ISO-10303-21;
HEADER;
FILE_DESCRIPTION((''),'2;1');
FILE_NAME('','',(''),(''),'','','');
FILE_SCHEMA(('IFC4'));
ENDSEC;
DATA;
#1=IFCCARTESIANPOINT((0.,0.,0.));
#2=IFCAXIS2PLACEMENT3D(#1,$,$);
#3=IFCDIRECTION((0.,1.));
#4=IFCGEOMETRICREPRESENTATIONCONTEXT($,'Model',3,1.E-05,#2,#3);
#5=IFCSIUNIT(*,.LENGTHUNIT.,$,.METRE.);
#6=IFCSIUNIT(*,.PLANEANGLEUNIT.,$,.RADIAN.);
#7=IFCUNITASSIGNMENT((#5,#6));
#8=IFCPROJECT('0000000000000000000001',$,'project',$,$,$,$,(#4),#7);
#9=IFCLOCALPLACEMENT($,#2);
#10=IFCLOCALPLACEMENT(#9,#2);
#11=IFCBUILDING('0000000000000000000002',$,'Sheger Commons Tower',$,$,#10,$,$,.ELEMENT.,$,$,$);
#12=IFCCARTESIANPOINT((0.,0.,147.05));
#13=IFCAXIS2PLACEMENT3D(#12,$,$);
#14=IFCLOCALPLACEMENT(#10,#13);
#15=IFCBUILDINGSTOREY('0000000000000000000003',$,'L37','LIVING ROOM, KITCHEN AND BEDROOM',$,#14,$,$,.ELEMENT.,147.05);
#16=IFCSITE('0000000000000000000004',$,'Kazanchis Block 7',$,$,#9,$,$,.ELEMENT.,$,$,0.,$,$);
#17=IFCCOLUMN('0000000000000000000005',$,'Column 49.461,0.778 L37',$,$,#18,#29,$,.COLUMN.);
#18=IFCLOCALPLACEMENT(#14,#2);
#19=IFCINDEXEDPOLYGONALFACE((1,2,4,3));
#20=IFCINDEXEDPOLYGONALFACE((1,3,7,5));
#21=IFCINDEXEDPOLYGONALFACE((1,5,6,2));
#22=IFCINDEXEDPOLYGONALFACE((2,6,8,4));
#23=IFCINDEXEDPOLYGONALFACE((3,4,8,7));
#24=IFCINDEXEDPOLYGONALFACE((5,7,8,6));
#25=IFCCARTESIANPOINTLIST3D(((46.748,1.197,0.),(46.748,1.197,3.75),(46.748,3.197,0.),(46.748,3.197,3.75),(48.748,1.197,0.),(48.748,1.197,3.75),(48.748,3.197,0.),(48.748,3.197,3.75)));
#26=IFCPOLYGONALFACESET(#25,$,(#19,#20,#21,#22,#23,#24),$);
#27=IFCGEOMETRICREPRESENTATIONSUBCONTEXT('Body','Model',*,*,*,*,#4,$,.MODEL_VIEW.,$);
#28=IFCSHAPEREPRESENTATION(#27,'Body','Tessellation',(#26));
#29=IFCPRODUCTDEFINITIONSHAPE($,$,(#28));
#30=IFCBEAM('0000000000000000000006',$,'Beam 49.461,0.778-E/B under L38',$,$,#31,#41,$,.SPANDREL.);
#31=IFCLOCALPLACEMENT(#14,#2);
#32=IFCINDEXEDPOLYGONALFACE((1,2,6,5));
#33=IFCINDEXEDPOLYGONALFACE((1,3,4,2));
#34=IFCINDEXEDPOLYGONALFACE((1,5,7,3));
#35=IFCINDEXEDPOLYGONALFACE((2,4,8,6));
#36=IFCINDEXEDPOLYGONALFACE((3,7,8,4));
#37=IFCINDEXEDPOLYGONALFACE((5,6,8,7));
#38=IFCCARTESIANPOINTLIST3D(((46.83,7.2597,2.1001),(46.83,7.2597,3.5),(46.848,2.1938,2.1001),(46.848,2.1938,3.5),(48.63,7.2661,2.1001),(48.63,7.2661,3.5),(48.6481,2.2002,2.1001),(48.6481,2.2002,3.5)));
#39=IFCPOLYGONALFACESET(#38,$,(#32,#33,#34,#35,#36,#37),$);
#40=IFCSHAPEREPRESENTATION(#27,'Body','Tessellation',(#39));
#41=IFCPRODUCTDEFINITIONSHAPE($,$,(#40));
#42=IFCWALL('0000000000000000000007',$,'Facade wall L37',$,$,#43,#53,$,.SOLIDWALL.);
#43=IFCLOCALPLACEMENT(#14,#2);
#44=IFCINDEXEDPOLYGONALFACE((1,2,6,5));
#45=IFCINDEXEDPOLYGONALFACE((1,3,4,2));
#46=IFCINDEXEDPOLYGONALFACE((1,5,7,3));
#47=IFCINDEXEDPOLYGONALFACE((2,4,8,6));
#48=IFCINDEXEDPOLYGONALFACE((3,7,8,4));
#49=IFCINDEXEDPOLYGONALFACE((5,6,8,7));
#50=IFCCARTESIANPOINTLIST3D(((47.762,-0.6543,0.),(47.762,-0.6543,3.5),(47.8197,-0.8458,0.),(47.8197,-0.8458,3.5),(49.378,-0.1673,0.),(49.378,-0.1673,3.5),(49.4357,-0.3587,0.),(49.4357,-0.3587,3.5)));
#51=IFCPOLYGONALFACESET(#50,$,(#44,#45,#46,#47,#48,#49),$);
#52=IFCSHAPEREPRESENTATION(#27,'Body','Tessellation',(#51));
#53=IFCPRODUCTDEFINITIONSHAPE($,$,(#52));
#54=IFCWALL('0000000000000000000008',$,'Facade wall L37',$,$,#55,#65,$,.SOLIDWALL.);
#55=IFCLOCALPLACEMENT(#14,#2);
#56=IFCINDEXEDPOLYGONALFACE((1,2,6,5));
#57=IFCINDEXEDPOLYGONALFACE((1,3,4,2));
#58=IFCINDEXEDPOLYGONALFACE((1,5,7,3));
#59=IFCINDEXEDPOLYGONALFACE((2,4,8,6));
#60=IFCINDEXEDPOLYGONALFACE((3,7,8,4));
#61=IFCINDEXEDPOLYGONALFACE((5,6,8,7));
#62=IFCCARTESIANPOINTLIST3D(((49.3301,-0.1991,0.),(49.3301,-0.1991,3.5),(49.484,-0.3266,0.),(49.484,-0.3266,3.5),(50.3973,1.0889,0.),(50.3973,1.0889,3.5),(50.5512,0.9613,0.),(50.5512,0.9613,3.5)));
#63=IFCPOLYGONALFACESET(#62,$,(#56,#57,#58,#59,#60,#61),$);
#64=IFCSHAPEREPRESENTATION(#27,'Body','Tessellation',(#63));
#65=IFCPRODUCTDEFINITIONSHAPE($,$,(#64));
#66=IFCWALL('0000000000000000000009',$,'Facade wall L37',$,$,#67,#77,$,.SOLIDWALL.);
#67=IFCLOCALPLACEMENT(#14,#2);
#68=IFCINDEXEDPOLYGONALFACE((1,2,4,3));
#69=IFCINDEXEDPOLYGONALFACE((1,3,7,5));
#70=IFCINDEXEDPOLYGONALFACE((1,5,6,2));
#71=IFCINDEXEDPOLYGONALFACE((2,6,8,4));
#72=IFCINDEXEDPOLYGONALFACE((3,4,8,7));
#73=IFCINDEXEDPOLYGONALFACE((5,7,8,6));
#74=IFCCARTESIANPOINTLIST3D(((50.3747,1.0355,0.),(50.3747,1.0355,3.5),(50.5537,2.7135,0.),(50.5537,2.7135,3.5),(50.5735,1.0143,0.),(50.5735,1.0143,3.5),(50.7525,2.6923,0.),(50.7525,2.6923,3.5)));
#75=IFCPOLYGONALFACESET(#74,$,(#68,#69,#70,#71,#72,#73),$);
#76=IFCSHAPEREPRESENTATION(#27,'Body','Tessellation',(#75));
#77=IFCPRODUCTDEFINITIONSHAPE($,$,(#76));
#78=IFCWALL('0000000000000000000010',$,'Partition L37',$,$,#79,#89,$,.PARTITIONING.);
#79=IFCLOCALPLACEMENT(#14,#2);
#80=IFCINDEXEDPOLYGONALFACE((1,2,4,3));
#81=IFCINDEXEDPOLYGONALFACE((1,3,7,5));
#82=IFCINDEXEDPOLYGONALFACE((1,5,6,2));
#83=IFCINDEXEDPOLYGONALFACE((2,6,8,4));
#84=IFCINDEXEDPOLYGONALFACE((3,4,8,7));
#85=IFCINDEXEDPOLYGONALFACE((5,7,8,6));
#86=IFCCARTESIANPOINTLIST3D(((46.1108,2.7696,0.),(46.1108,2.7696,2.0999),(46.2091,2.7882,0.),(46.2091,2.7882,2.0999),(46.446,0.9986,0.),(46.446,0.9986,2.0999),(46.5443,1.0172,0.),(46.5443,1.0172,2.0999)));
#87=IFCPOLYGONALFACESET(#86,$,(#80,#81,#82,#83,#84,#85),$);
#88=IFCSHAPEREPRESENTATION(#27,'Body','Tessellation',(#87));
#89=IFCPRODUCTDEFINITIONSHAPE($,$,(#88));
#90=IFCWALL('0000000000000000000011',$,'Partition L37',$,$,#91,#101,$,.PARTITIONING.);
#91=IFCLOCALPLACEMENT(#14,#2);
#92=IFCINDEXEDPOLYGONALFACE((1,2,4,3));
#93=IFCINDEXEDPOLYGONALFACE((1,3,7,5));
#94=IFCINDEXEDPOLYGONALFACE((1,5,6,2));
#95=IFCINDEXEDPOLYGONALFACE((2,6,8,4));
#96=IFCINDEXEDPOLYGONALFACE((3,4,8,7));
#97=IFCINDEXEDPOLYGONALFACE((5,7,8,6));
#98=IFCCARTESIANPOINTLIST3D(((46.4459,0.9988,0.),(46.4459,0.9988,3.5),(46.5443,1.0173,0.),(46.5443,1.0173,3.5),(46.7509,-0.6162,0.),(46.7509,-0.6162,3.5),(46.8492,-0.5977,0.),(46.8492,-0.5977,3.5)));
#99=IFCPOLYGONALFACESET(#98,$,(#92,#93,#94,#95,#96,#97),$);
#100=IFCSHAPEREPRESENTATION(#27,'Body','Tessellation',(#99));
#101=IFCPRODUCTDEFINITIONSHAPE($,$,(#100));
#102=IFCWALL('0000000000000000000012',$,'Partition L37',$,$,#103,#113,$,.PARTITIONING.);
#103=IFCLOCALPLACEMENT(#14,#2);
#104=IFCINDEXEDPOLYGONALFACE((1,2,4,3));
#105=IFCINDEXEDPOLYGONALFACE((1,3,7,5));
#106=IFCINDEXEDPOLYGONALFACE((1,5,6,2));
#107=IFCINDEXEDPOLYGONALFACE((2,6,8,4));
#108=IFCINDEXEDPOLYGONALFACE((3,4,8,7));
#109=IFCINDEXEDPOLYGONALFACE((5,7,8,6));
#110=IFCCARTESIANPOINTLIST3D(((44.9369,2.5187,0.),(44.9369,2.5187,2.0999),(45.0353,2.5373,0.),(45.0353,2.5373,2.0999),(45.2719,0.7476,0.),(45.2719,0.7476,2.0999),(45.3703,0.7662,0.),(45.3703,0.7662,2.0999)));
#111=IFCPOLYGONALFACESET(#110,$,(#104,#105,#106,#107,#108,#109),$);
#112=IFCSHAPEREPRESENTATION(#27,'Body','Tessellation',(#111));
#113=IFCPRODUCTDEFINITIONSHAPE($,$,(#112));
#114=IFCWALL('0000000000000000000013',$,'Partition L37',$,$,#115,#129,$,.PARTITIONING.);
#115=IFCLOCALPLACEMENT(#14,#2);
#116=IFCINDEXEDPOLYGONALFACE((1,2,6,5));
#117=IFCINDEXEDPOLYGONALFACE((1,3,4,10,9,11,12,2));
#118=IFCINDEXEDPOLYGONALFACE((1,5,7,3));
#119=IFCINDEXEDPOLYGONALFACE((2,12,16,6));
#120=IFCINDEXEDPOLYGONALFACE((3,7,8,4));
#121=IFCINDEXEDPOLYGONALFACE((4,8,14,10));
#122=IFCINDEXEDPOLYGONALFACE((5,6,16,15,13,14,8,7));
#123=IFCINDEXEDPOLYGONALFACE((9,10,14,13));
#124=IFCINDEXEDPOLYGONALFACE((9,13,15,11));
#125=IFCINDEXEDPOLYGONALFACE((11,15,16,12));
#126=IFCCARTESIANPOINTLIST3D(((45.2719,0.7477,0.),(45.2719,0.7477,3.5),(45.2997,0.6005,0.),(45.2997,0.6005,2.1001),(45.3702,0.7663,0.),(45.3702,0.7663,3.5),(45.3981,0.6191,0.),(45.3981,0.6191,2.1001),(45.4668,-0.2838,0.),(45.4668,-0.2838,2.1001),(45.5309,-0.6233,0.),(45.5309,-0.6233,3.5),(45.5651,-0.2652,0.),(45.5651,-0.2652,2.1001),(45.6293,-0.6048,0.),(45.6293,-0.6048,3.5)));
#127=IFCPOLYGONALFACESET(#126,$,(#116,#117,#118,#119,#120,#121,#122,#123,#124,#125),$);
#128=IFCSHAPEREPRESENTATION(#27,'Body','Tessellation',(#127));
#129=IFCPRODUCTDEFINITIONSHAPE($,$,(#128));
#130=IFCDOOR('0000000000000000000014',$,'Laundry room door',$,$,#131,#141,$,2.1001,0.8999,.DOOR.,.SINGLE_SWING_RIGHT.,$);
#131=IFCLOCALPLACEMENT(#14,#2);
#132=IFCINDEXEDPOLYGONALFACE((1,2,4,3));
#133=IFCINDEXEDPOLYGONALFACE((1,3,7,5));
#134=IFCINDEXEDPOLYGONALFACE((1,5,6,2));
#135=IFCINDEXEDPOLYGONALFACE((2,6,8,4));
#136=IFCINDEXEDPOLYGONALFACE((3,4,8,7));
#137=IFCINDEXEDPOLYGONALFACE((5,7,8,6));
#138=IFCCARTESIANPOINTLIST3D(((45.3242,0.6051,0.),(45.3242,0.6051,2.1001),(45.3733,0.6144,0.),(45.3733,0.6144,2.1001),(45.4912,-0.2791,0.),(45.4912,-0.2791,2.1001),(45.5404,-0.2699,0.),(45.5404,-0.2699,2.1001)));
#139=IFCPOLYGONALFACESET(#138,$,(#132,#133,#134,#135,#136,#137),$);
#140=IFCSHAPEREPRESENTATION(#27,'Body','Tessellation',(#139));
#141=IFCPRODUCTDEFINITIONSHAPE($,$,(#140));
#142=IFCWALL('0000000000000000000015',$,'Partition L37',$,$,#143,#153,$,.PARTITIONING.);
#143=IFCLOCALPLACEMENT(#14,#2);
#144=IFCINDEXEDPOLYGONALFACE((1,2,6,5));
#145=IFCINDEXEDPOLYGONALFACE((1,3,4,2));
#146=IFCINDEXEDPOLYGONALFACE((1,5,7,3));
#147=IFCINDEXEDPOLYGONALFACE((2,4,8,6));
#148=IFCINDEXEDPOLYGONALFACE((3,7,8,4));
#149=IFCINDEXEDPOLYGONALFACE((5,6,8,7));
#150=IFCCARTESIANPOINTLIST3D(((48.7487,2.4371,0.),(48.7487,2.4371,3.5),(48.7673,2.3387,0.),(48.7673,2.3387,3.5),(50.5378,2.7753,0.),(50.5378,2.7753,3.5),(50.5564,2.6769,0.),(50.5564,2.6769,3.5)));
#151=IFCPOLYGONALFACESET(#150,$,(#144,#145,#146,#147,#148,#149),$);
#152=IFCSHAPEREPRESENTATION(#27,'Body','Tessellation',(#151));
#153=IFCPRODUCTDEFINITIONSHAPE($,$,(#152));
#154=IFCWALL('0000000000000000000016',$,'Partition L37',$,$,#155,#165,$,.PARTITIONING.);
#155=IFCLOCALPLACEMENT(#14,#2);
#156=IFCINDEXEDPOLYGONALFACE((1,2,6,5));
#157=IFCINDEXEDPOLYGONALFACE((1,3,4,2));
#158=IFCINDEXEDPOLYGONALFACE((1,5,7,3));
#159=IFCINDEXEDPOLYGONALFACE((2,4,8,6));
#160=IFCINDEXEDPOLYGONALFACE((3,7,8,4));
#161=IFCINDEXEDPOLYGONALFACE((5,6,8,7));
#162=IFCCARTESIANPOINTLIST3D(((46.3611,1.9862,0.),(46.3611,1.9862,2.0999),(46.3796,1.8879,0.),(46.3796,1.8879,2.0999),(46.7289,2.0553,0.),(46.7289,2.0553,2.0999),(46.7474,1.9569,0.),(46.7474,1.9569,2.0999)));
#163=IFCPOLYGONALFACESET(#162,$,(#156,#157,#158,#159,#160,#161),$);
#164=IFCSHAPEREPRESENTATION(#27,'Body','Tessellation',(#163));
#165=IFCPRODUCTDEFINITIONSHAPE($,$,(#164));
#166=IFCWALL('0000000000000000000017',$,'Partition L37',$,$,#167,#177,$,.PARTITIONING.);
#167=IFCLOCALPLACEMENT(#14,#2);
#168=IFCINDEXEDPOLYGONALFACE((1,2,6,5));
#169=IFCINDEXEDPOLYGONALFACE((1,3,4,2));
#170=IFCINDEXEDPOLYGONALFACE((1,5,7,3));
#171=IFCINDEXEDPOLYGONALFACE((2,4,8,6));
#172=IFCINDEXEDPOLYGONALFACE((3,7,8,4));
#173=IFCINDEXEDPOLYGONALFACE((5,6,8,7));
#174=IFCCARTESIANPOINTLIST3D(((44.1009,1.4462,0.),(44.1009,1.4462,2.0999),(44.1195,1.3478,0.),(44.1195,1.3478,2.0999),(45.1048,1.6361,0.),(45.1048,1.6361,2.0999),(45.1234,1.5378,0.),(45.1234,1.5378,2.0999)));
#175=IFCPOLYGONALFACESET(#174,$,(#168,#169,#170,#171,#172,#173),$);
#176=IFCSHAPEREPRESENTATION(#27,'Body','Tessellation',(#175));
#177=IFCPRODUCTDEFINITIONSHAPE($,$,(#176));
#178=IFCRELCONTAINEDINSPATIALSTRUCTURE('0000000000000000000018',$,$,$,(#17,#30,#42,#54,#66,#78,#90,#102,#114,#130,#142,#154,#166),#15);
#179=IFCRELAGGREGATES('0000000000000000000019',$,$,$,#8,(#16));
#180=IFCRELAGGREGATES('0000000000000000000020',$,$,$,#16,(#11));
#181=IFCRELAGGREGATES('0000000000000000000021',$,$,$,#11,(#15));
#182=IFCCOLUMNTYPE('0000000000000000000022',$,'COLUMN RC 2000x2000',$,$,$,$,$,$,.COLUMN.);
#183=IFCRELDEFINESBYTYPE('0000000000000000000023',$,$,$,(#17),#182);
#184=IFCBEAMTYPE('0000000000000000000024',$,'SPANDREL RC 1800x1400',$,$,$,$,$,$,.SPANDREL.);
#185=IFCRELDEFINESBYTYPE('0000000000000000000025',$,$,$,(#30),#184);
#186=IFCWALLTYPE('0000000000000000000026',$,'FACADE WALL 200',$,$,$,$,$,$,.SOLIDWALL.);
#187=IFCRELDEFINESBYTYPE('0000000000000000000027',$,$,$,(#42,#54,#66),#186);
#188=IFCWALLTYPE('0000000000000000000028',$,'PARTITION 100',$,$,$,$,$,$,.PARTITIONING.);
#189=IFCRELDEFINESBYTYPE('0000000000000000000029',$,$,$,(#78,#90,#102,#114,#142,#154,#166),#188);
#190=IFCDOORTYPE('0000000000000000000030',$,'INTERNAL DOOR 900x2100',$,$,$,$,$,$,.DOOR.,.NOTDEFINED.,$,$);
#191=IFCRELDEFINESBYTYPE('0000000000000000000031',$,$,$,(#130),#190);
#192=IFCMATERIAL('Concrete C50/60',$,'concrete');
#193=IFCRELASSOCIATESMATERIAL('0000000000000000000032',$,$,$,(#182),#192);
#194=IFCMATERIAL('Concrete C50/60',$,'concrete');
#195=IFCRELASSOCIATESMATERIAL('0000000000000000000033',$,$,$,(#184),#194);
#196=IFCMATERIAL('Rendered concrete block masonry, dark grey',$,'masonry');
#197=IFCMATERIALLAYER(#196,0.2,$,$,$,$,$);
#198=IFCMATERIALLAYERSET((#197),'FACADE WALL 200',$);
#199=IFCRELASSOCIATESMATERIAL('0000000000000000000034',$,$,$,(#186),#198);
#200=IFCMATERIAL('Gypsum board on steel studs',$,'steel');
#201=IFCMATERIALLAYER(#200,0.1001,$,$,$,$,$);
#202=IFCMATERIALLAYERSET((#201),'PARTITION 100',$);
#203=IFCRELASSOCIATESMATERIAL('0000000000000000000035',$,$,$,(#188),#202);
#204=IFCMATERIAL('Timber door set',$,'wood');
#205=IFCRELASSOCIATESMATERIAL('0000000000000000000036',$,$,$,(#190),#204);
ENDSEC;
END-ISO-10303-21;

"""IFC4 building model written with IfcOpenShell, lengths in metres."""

from ifc_helpers import new_model, si_unit, direction, frame, frame_2d, origin, origin_2d, place, context, subcontext, project, spatial, rectangle, extrude, material, layer, layer_set, material_profile, profile_set, type_object, element, fill, save


model = new_model("IFC4")

# Units and contexts
model_context = context("Model", 3, precision=1e-05, world=origin(), true_north=direction((0.0, 1.0)))
body_context = subcontext(model_context, "Body", "Model", "MODEL_VIEW")
ifc_project = project(units=[si_unit("LENGTHUNIT", "METRE"), si_unit("PLANEANGLEUNIT", "RADIAN")], contexts=[model_context])

# Site, building, storey
site_placement = place(None, origin())
site = spatial("IfcSite", under=ifc_project, at=site_placement, Name="Kazanchis Block 7", CompositionType="ELEMENT", RefElevation=0.0)
building_placement = place(site_placement, origin())
building = spatial("IfcBuilding", under=site, at=building_placement, Name="Sheger Commons Tower", CompositionType="ELEMENT")
storey_placement = place(building_placement, frame((0.0, 0.0, 147.05)))
storey = spatial("IfcBuildingStorey", under=building, at=storey_placement, Name="L37", Description="LIVING ROOM, KITCHEN AND BEDROOM", CompositionType="ELEMENT", Elevation=147.05)

# Column
ifc_material_1 = material(Name="Concrete C50/60", Category="concrete")
ifc_material_profile_1 = material_profile(ifc_material_1, rectangle(XDim=2.0, YDim=2.0, at=origin_2d()), Name="RC 2000x2000")
ifc_profile_set_1 = profile_set([ifc_material_profile_1], Name="Concrete C50/60")
column_type = type_object("IfcColumnType", Name="COLUMN RC 2000x2000", PredefinedType="COLUMN", material=ifc_profile_set_1)
column_placement = place(storey_placement, frame((47.748, 2.197, 0.0), z_axis=(0.0, 0.0, 1.0), x_axis=(1.0, 0.0, 0.0)))
element("IfcColumn", 1, at=column_placement, inside=storey, type_object=column_type, Name="Column 49.461,0.778 L37", PredefinedType="COLUMN", context=body_context, shape_type="SweptSolid", body=[
    extrude(rectangle(XDim=2.0, YDim=2.0, at=origin_2d()), origin(), (0.0, 0.0, 1.0), 3.75),
])

# Beam
ifc_material_2 = material(Name="Concrete C50/60", Category="concrete")
ifc_material_profile_2 = material_profile(ifc_material_2, rectangle(XDim=1.8, YDim=1.3999, at=origin_2d()), Name="RC 1800x1400")
ifc_profile_set_2 = profile_set([ifc_material_profile_2], Name="Concrete C50/60")
beam_type = type_object("IfcBeamType", Name="SPANDREL RC 1800x1400", PredefinedType="SPANDREL", material=ifc_profile_set_2)
beam_placement = place(storey_placement, frame((47.748, 2.197, 2.8), z_axis=(-0.003566, 0.999994, 0.0), x_axis=(-0.999994, -0.003566, 0.0)))
element("IfcBeam", 2, at=beam_placement, inside=storey, type_object=beam_type, Name="Beam 49.461,0.778-E/B under L38", PredefinedType="SPANDREL", context=body_context, shape_type="SweptSolid", body=[
    extrude(rectangle(XDim=1.8, YDim=1.3999, at=origin_2d()), origin(), (0.0, 0.0, 1.0), 5.0659),
])

# Walls
ifc_material_3 = material(Name="Rendered concrete block masonry, dark grey", Category="masonry")
ifc_layer_1 = layer(ifc_material_3, 0.2)
ifc_layer_set_1 = layer_set([ifc_layer_1], Name="FACADE WALL 200")
wall_type_1 = type_object("IfcWallType", Name="FACADE WALL 200", PredefinedType="SOLIDWALL", material=ifc_layer_set_1)
wall_1_placement = place(storey_placement, frame((47.791, -0.75, 0.0), z_axis=(0.0, 0.0, 1.0), x_axis=(0.957455, 0.288582, 0.0)))
element("IfcWall", 3, at=wall_1_placement, inside=storey, type_object=wall_type_1, Name="Facade wall L37", PredefinedType="SOLIDWALL", context=body_context, shape_type="SweptSolid", body=[
    extrude(rectangle(XDim=1.6877, YDim=0.2, at=frame_2d((0.8438, 0.0))), origin(), (0.0, 0.0, 1.0), 3.5),
])
wall_2_placement = place(storey_placement, frame((49.407, -0.2629, 0.0), z_axis=(0.0, 0.0, 1.0), x_axis=(0.638043, 0.770001, 0.0)))
element("IfcWall", 4, at=wall_2_placement, inside=storey, type_object=wall_type_1, Name="Facade wall L37", PredefinedType="SOLIDWALL", context=body_context, shape_type="SweptSolid", body=[
    extrude(rectangle(XDim=1.6726, YDim=0.2, at=frame_2d((0.8364, 0.0))), origin(), (0.0, 0.0, 1.0), 3.5),
])
wall_3_placement = place(storey_placement, frame((50.4741, 1.0249, 0.0), z_axis=(0.0, 0.0, 1.0), x_axis=(0.106048, 0.994361, 0.0)))
element("IfcWall", 5, at=wall_3_placement, inside=storey, type_object=wall_type_1, Name="Facade wall L37", PredefinedType="SOLIDWALL", context=body_context, shape_type="SweptSolid", body=[
    extrude(rectangle(XDim=1.6875, YDim=0.2, at=frame_2d((0.8438, 0.0))), origin(), (0.0, 0.0, 1.0), 3.5),
])

# Walls
ifc_material_4 = material(Name="Gypsum board on steel studs", Category="steel")
ifc_layer_2 = layer(ifc_material_4, 0.1001)
ifc_layer_set_2 = layer_set([ifc_layer_2], Name="PARTITION 100")
wall_type_2 = type_object("IfcWallType", Name="PARTITION 100", PredefinedType="PARTITIONING", material=ifc_layer_set_2)
wall_4_placement = place(storey_placement, frame((46.1599, 2.7791, 0.0), z_axis=(0.0, 0.0, 1.0), x_axis=(0.185973, -0.982555, 0.0)))
element("IfcWall", 6, at=wall_4_placement, inside=storey, type_object=wall_type_2, Name="Partition L37", PredefinedType="PARTITIONING", context=body_context, shape_type="SweptSolid", body=[
    extrude(rectangle(XDim=1.8025, YDim=0.1001, at=frame_2d((0.9014, 0.0))), origin(), (0.0, 0.0, 1.0), 2.0999),
])
wall_5_placement = place(storey_placement, frame((46.4951, 1.0081, 0.0), z_axis=(0.0, 0.0, 1.0), x_axis=(0.185535, -0.982638, 0.0)))
element("IfcWall", 7, at=wall_5_placement, inside=storey, type_object=wall_type_2, Name="Partition L37", PredefinedType="PARTITIONING", context=body_context, shape_type="SweptSolid", body=[
    extrude(rectangle(XDim=1.6436, YDim=0.1001, at=frame_2d((0.8218, 0.0))), origin(), (0.0, 0.0, 1.0), 3.5),
])
wall_6_placement = place(storey_placement, frame((44.9861, 2.5281, 0.0), z_axis=(0.0, 0.0, 1.0), x_axis=(0.185842, -0.98258, 0.0)))
element("IfcWall", 8, at=wall_6_placement, inside=storey, type_object=wall_type_2, Name="Partition L37", PredefinedType="PARTITIONING", context=body_context, shape_type="SweptSolid", body=[
    extrude(rectangle(XDim=1.8025, YDim=0.1001, at=frame_2d((0.9014, 0.0))), origin(), (0.0, 0.0, 1.0), 2.0999),
])

# Wall, opening, door
wall_7_placement = place(storey_placement, frame((45.321, 0.7571, 0.0), z_axis=(0.0, 0.0, 1.0), x_axis=(0.185641, -0.982618, 0.0)))
wall_7 = element("IfcWall", 9, at=wall_7_placement, inside=storey, type_object=wall_type_2, Name="Partition L37", PredefinedType="PARTITIONING", context=body_context, shape_type="SweptSolid", body=[
    extrude(rectangle(XDim=1.3953, YDim=0.1001, at=frame_2d((0.6978, 0.0))), origin(), (0.0, 0.0, 1.0), 3.5),
])
opening_1_placement = place(wall_7_placement, frame((0.1499, 0.0, 0.0)))
opening_1 = element("IfcOpeningElement", 10, at=opening_1_placement, cuts=wall_7, PredefinedType="OPENING", context=body_context, shape_type="SweptSolid", body=[
    extrude(rectangle(XDim=0.8999, YDim=2.1001, at=frame_2d((0.45, 1.05))), frame((0.0, 0.0601, 0.0), z_axis=(0.0, -1.0, 0.0), x_axis=(1.0, 0.0, 0.0)), (0.0, 0.0, 1.0), 0.1201),
])
ifc_material_5 = material(Name="Timber door set", Category="wood")
door_type = type_object("IfcDoorType", Name="INTERNAL DOOR 900x2100", OperationType="NOTDEFINED", PredefinedType="DOOR", material=ifc_material_5)
door_placement = place(opening_1_placement, origin())
door = element("IfcDoor", 11, at=door_placement, inside=storey, type_object=door_type, Name="Laundry room door", OperationType="SINGLE_SWING_RIGHT", OverallHeight=2.1001, OverallWidth=0.8999, PredefinedType="DOOR", context=body_context, shape_type="SweptSolid", body=[
    extrude(rectangle(XDim=0.8999, YDim=2.1001, at=frame_2d((0.45, 1.05))), frame((0.0, 0.0249, 0.0), z_axis=(0.0, -1.0, 0.0), x_axis=(1.0, 0.0, 0.0)), (0.0, 0.0, 1.0), 0.05),
])
fill(opening_1, door)

# Walls
wall_8_placement = place(storey_placement, frame((50.5471, 2.7261, 0.0), z_axis=(0.0, 0.0, 1.0), x_axis=(-0.982604, -0.185713, 0.0)))
element("IfcWall", 12, at=wall_8_placement, inside=storey, type_object=wall_type_2, Name="Partition L37", PredefinedType="PARTITIONING", context=body_context, shape_type="SweptSolid", body=[
    extrude(rectangle(XDim=1.8208, YDim=0.1001, at=frame_2d((0.9104, 0.0))), origin(), (0.0, 0.0, 1.0), 3.5),
])
wall_9_placement = place(storey_placement, frame((46.738, 2.0061, 0.0), z_axis=(0.0, 0.0, 1.0), x_axis=(-0.98282, -0.184564, 0.0)))
element("IfcWall", 13, at=wall_9_placement, inside=storey, type_object=wall_type_2, Name="Partition L37", PredefinedType="PARTITIONING", context=body_context, shape_type="SweptSolid", body=[
    extrude(rectangle(XDim=0.3743, YDim=0.1001, at=frame_2d((0.187, 0.0))), origin(), (0.0, 0.0, 1.0), 2.0999),
])
wall_10_placement = place(storey_placement, frame((45.114, 1.5869, 0.0), z_axis=(0.0, 0.0, 1.0), x_axis=(-0.982568, -0.185904, 0.0)))
element("IfcWall", 14, at=wall_10_placement, inside=storey, type_object=wall_type_2, Name="Partition L37", PredefinedType="PARTITIONING", context=body_context, shape_type="SweptSolid", body=[
    extrude(rectangle(XDim=1.0217, YDim=0.1001, at=frame_2d((0.5107, 0.0))), origin(), (0.0, 0.0, 1.0), 2.0999),
])

save(model, "model.ifc")
